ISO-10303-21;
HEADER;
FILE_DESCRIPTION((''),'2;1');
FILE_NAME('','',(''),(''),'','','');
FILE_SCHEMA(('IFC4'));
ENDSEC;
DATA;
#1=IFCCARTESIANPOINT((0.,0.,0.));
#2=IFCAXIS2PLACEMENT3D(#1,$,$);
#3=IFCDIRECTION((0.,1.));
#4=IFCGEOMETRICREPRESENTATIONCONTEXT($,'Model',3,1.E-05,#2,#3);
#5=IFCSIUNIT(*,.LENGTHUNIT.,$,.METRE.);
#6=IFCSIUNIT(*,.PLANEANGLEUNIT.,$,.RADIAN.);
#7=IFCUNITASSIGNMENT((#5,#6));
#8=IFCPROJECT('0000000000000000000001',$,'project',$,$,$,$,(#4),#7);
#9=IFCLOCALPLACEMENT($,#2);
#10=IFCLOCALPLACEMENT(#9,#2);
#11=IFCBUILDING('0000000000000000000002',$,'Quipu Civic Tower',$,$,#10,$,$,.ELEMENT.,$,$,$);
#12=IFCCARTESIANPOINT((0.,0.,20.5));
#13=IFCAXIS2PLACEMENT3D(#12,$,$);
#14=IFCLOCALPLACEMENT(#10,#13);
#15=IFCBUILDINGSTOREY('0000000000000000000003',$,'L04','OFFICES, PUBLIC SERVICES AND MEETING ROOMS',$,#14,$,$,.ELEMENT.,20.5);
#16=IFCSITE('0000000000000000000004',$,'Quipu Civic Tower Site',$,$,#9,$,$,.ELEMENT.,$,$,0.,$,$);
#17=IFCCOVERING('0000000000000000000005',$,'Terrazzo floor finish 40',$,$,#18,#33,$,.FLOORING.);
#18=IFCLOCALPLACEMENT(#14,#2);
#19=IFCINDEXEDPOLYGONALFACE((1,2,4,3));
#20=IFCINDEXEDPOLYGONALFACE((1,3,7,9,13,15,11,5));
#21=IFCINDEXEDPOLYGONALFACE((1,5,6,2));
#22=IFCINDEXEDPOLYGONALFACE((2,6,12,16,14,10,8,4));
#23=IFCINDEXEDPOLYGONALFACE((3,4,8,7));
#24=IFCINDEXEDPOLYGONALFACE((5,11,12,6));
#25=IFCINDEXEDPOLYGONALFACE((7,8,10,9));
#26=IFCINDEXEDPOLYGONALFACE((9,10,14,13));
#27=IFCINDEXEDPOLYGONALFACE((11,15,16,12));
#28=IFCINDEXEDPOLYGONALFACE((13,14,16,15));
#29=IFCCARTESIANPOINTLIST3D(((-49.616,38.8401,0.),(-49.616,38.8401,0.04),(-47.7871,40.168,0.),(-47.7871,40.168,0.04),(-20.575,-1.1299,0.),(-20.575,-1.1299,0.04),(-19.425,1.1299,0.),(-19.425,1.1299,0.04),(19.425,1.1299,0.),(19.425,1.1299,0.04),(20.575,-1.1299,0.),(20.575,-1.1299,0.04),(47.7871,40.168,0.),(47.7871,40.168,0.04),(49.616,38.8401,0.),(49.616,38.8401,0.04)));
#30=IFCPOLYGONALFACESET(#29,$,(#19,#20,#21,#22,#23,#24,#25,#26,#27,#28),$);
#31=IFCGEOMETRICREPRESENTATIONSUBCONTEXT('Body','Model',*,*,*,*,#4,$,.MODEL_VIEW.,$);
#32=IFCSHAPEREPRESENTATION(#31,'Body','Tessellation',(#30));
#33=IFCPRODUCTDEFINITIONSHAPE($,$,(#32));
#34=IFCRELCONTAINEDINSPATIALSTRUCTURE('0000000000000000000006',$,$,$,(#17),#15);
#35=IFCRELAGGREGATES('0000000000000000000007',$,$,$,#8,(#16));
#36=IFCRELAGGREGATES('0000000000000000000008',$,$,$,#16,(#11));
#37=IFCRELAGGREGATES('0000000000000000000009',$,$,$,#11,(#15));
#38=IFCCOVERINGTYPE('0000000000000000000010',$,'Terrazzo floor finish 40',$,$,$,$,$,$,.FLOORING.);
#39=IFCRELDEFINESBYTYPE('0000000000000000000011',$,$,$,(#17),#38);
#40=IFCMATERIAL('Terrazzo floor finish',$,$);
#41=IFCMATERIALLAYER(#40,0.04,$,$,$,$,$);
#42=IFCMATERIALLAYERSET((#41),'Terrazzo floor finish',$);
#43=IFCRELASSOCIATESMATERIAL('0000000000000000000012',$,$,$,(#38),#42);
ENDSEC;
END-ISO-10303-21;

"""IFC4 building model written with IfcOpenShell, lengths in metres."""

from ifc_helpers import new_model, si_unit, direction, frame, origin, place, context, subcontext, project, spatial, polyline, outline, extrude, material, layer, layer_set, type_object, element, save


model = new_model("IFC4")

# Units and contexts
model_context = context("Model", 3, precision=1e-05, world=origin(), true_north=direction((0.0, 1.0)))
body_context = subcontext(model_context, "Body", "Model", "MODEL_VIEW")
ifc_project = project(units=[si_unit("LENGTHUNIT", "METRE"), si_unit("PLANEANGLEUNIT", "RADIAN")], contexts=[model_context])

# Site, building, storey
site_placement = place(None, origin())
site = spatial("IfcSite", under=ifc_project, at=site_placement, Name="Quipu Civic Tower Site", CompositionType="ELEMENT", RefElevation=0.0)
building_placement = place(site_placement, origin())
building = spatial("IfcBuilding", under=site, at=building_placement, Name="Quipu Civic Tower", CompositionType="ELEMENT")
storey_placement = place(building_placement, frame((0.0, 0.0, 20.5)))
storey = spatial("IfcBuildingStorey", under=building, at=storey_placement, Name="L04", Description="OFFICES, PUBLIC SERVICES AND MEETING ROOMS", CompositionType="ELEMENT", Elevation=20.5)

# Covering
ifc_material_1 = material(Name="Terrazzo floor finish")
ifc_layer_1 = layer(ifc_material_1, 0.04)
ifc_layer_set_1 = layer_set([ifc_layer_1], Name="Terrazzo floor finish")
covering_type_1 = type_object("IfcCoveringType", Name="Terrazzo floor finish 40", PredefinedType="FLOORING", material=ifc_layer_set_1)
covering_1_placement = place(storey_placement, origin())
element("IfcCovering", 1, at=covering_1_placement, inside=storey, type_object=covering_type_1, Name="Terrazzo floor finish 40", PredefinedType="FLOORING", context=body_context, shape_type="SweptSolid", body=[
    extrude(outline(polyline([(47.7871, 40.168), (49.616, 38.8401), (20.575, -1.1299), (-20.575, -1.1299), (-49.616, 38.8401), (-47.7871, 40.168), (-19.425, 1.1299), (19.425, 1.1299), (47.7871, 40.168)])), origin(), (0.0, 0.0, 1.0), 0.04),
])

save(model, "model.ifc")
